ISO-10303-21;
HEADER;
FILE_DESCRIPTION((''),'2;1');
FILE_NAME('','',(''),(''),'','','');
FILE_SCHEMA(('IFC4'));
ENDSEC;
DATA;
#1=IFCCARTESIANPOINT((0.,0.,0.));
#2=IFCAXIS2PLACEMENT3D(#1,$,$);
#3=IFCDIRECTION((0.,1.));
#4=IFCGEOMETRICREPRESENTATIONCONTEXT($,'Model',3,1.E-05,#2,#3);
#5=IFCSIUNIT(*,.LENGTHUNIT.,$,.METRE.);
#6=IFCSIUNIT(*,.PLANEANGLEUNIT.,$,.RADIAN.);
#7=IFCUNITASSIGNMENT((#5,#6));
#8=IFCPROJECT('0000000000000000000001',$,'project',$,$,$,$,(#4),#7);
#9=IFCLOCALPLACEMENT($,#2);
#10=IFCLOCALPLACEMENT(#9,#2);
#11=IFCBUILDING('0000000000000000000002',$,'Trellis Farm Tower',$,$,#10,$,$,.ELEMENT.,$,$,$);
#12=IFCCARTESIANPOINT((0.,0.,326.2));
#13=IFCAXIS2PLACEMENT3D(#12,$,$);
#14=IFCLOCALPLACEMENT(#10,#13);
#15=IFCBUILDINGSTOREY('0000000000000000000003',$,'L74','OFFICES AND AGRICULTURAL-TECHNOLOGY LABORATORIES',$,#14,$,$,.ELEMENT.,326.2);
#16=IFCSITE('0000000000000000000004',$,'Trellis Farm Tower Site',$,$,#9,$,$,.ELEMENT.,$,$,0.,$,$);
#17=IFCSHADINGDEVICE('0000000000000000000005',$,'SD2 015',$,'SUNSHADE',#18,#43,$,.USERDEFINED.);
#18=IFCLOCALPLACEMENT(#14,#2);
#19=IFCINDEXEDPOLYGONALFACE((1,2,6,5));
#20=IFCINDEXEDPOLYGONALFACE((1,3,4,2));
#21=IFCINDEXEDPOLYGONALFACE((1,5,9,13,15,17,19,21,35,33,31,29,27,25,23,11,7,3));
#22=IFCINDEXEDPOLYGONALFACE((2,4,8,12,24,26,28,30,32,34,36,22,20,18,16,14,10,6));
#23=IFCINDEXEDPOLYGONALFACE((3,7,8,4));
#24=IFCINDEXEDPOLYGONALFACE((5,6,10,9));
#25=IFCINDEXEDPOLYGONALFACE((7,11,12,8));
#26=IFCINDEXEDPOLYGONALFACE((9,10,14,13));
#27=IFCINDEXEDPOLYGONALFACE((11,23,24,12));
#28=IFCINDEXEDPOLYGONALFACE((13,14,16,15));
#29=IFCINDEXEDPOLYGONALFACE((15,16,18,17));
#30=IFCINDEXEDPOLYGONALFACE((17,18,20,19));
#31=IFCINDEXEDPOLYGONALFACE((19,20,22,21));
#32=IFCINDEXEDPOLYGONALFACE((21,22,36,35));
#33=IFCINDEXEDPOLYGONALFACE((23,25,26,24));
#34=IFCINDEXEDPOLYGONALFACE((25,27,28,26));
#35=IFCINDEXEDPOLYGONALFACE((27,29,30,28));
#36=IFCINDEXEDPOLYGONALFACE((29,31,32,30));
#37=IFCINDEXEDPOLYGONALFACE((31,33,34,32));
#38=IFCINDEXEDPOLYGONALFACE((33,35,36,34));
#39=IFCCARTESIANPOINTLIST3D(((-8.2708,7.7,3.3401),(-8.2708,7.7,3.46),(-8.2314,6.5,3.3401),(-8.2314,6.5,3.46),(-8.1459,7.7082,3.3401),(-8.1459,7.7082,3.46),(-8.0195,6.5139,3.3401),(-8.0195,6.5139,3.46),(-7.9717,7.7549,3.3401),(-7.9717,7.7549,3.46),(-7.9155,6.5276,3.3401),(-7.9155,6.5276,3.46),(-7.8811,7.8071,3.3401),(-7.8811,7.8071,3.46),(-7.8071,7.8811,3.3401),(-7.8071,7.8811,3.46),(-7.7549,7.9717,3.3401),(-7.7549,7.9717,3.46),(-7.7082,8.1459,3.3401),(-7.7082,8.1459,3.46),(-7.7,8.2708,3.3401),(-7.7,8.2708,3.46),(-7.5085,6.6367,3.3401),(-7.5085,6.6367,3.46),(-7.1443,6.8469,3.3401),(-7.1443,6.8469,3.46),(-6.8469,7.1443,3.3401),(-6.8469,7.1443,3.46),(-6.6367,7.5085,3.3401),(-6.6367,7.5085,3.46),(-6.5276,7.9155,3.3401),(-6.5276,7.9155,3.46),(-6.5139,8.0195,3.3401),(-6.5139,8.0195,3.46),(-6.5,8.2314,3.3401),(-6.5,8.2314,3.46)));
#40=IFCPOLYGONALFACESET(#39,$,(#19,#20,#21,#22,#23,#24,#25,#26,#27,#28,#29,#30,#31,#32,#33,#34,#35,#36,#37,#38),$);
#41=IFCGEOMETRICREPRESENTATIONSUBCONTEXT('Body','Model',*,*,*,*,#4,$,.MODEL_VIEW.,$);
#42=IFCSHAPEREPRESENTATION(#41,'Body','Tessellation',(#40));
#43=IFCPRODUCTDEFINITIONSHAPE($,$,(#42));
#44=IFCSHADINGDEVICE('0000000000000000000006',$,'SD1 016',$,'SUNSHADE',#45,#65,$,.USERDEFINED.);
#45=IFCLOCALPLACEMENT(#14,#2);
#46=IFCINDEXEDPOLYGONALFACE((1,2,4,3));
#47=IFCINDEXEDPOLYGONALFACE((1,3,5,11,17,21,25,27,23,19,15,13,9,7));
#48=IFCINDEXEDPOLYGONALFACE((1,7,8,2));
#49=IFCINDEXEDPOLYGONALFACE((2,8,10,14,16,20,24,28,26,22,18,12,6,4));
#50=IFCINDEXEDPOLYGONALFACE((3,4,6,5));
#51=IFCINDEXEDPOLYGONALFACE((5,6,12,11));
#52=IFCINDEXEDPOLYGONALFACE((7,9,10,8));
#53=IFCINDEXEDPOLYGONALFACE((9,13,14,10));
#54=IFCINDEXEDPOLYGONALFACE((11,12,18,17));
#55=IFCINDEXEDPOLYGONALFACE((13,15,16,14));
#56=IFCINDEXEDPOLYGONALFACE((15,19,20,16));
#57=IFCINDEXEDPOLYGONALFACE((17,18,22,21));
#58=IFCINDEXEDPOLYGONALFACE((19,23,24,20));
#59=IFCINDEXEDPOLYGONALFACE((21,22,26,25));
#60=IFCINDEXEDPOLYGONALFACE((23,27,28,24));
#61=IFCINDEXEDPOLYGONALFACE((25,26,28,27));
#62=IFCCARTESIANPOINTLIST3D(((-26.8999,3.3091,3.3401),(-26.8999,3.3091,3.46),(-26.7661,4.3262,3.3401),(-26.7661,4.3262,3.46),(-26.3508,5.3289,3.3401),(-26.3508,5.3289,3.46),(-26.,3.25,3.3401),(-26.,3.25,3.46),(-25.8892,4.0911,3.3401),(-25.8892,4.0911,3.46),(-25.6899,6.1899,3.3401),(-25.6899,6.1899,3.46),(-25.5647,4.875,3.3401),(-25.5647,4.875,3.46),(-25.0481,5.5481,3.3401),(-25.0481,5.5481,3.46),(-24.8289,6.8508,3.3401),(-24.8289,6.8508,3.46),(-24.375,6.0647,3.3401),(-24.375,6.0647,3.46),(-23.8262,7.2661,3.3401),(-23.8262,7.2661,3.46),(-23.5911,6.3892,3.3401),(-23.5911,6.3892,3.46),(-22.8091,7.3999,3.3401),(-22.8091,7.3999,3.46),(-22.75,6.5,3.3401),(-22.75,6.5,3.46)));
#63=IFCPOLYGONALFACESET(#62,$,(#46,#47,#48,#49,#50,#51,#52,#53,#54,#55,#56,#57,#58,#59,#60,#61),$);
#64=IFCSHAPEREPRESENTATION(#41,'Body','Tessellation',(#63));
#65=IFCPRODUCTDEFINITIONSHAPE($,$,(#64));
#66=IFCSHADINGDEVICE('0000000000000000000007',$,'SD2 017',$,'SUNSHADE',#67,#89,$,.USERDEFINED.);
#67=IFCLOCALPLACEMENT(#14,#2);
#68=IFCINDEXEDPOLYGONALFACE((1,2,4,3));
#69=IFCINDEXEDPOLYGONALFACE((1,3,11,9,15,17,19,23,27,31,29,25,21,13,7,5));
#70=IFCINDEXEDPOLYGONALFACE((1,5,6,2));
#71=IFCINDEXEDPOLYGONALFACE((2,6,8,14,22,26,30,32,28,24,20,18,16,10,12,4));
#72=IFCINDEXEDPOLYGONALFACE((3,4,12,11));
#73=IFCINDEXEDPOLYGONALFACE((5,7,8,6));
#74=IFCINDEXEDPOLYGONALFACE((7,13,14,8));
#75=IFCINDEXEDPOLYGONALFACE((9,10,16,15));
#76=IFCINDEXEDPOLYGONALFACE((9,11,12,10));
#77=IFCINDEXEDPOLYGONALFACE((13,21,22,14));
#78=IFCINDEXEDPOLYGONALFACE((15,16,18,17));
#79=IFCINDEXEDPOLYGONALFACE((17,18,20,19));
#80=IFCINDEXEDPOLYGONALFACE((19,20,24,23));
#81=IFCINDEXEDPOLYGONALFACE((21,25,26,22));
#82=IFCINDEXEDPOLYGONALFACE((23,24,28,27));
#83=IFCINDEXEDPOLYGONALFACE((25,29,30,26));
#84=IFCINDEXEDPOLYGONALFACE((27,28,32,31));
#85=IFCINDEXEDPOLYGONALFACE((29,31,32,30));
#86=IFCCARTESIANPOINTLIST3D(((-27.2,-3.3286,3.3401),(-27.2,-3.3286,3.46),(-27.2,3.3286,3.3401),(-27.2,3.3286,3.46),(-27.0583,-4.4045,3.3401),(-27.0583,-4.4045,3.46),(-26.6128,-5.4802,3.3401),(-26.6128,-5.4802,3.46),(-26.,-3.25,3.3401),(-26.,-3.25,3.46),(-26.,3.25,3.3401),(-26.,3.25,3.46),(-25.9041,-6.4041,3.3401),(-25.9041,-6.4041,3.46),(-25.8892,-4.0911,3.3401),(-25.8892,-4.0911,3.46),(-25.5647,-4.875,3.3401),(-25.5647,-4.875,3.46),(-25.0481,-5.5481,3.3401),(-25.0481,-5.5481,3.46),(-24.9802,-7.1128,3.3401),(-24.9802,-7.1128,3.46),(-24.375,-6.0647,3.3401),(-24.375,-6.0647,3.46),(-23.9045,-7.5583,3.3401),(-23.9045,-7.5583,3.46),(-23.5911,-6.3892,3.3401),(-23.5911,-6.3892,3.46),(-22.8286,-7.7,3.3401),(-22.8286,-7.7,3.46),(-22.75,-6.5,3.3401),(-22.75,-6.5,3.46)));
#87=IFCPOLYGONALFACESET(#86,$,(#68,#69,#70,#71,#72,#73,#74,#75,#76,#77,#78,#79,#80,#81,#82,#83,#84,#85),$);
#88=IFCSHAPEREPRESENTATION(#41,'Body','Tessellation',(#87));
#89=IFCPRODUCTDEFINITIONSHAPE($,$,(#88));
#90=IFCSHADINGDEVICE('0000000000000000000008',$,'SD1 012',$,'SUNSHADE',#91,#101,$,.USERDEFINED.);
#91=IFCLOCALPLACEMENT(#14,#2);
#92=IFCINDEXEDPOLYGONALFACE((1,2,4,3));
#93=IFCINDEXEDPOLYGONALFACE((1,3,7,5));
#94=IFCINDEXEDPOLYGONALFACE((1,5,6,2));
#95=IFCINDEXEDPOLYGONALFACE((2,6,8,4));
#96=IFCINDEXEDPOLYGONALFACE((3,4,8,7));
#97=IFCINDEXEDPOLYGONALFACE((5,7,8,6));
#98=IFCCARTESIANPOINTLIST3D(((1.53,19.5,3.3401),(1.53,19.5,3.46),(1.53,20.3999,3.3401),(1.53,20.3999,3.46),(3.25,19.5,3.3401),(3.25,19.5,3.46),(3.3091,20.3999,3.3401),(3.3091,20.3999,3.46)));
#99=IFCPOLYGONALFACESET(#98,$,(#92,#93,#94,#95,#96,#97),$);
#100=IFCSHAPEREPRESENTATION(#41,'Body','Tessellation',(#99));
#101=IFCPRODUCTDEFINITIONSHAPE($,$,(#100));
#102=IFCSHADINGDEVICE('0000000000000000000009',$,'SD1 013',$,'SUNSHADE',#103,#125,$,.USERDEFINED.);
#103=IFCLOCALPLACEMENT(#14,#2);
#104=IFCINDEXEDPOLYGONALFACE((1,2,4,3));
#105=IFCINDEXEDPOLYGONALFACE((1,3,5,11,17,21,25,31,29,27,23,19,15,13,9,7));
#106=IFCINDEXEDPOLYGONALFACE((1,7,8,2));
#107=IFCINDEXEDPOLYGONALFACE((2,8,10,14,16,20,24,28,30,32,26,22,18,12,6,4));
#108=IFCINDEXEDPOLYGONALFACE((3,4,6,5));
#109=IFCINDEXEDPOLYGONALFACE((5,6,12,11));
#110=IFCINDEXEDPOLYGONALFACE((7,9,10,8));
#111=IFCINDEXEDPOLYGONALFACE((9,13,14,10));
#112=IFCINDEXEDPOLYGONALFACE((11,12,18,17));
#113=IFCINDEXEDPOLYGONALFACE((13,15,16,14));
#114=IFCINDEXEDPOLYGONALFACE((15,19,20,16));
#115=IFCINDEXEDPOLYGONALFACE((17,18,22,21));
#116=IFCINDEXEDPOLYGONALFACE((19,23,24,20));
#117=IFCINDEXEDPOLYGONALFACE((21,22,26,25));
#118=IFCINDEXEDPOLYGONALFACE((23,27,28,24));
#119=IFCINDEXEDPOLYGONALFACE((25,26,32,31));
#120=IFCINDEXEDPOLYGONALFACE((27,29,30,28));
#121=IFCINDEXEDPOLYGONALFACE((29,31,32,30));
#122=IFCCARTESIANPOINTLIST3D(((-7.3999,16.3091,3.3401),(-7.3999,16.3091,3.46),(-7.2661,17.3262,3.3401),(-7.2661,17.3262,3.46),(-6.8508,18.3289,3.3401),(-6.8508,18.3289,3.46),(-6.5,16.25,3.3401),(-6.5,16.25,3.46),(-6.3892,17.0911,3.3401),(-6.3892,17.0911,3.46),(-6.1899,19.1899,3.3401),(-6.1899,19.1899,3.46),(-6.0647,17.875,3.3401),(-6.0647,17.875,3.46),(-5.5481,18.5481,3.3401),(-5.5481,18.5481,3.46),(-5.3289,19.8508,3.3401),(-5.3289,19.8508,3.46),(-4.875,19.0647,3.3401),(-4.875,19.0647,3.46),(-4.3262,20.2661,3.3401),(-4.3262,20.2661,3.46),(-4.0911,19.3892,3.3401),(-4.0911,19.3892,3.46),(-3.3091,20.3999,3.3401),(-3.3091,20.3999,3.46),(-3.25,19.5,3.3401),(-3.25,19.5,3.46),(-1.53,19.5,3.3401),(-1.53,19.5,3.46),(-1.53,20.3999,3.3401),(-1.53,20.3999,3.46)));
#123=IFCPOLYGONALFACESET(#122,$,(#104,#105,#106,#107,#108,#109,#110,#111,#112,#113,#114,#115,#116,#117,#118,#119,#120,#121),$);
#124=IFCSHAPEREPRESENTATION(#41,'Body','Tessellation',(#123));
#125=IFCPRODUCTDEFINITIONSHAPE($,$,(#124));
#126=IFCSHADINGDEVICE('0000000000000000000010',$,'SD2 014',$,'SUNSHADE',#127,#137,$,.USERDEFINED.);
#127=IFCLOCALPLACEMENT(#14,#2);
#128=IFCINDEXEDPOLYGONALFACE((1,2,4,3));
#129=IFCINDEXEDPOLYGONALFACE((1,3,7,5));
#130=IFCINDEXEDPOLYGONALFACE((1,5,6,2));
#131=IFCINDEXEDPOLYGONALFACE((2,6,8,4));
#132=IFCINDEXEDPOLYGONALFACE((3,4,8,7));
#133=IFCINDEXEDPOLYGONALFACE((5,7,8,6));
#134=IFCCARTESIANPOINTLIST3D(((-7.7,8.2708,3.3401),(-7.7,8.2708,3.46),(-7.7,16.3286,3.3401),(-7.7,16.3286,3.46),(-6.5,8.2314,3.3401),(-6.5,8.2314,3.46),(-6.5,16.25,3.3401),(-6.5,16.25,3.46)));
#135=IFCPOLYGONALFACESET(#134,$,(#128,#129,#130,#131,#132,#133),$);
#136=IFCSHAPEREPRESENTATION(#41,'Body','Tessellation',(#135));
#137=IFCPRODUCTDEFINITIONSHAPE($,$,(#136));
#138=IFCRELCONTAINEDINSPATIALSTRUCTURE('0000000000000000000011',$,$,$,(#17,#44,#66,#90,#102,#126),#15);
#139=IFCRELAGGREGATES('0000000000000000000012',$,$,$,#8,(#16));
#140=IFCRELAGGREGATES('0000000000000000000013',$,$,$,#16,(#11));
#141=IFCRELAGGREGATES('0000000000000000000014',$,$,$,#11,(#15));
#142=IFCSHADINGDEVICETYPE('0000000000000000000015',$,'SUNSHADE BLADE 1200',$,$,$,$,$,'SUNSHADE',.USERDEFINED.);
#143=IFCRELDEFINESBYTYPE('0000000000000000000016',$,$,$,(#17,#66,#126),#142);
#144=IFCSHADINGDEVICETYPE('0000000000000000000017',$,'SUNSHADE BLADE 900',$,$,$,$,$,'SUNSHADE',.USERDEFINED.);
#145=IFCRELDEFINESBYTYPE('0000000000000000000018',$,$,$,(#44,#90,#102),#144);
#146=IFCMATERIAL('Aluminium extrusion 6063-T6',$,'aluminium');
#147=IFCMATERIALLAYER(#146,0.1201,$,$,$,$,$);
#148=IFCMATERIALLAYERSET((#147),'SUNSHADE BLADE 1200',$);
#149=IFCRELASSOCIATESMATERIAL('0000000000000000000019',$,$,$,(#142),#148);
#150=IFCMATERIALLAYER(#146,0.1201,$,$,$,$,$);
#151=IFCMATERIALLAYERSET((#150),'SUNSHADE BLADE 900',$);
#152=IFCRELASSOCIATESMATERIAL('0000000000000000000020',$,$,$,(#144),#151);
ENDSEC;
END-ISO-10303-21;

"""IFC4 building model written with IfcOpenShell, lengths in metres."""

from ifc_helpers import new_model, si_unit, direction, frame, origin, place, context, subcontext, project, spatial, polyline, outline, extrude, source, transform, mapped, material, layer, layer_set, type_object, element, save


model = new_model("IFC4")

# Units and contexts
model_context = context("Model", 3, precision=1e-05, world=origin(), true_north=direction((0.0, 1.0)))
body_context = subcontext(model_context, "Body", "Model", "MODEL_VIEW")
ifc_project = project(units=[si_unit("LENGTHUNIT", "METRE"), si_unit("PLANEANGLEUNIT", "RADIAN")], contexts=[model_context])

# Site, building, storey
site_placement = place(None, origin())
site = spatial("IfcSite", under=ifc_project, at=site_placement, Name="Trellis Farm Tower Site", CompositionType="ELEMENT", RefElevation=0.0)
building_placement = place(site_placement, origin())
building = spatial("IfcBuilding", under=site, at=building_placement, Name="Trellis Farm Tower", CompositionType="ELEMENT")
storey_placement = place(building_placement, frame((0.0, 0.0, 326.2)))
storey = spatial("IfcBuildingStorey", under=building, at=storey_placement, Name="L74", Description="OFFICES AND AGRICULTURAL-TECHNOLOGY LABORATORIES", CompositionType="ELEMENT", Elevation=326.2)

# Shared definitions
ifc_material_1 = material(Name="Aluminium extrusion 6063-T6", Category="aluminium")

# Shading devices
ifc_layer_1 = layer(ifc_material_1, 0.1201)
ifc_layer_set_1 = layer_set([ifc_layer_1], Name="SUNSHADE BLADE 1200")
shading_device_type_1 = type_object("IfcShadingDeviceType", Name="SUNSHADE BLADE 1200", ElementType="SUNSHADE", PredefinedType="USERDEFINED", material=ifc_layer_set_1)
shared_shape_1 = source(origin(), body_context, "Body", "SweptSolid", [
    extrude(outline(polyline([(-7.7, 8.2708), (-7.7087, 8.1372), (-7.707, 8.1501), (-7.7549, 7.9717), (-7.8071, 7.8811), (-7.8811, 7.8071), (-7.9717, 7.7549), (-8.1501, 7.707), (-8.1372, 7.7087), (-8.2708, 7.7), (-8.2314, 6.5), (-8.0195, 6.5139), (-7.9155, 6.5276), (-7.5085, 6.6367), (-7.1443, 6.8469), (-6.8469, 7.1443), (-6.6367, 7.5085), (-6.5276, 7.9155), (-6.5139, 8.0195), (-6.5, 8.2314), (-7.7, 8.2708)])), origin(), (0.0, 0.0, 1.0), 0.1199),
])
placement_1 = place(storey_placement, frame((0.0, 0.0, 3.3401)))
element("IfcShadingDevice", 1, at=placement_1, inside=storey, type_object=shading_device_type_1, Name="SD2 015", ObjectType="SUNSHADE", PredefinedType="USERDEFINED", context=body_context, shape_type="MappedRepresentation", body=[
    mapped(shared_shape_1, transform((0.0, 0.0, 0.0))),
])
ifc_layer_2 = layer(ifc_material_1, 0.1201)
ifc_layer_set_2 = layer_set([ifc_layer_2], Name="SUNSHADE BLADE 900")
shading_device_type_2 = type_object("IfcShadingDeviceType", Name="SUNSHADE BLADE 900", ElementType="SUNSHADE", PredefinedType="USERDEFINED", material=ifc_layer_set_2)
shared_shape_2 = source(origin(), body_context, "Body", "SweptSolid", [
    extrude(outline(polyline([(-22.8091, 7.3999), (-23.8262, 7.2661), (-24.8289, 6.8508), (-25.6899, 6.1899), (-26.3508, 5.3289), (-26.7661, 4.3262), (-26.8999, 3.3091), (-26.0, 3.25), (-25.8892, 4.0911), (-25.5647, 4.875), (-25.0481, 5.5481), (-24.375, 6.0647), (-23.5911, 6.3892), (-22.75, 6.5), (-22.8091, 7.3999)])), origin(), (0.0, 0.0, 1.0), 0.1199),
])
element("IfcShadingDevice", 2, at=placement_1, inside=storey, type_object=shading_device_type_2, Name="SD1 016", ObjectType="SUNSHADE", PredefinedType="USERDEFINED", context=body_context, shape_type="MappedRepresentation", body=[
    mapped(shared_shape_2, transform((0.0, 0.0, 0.0))),
])
shared_shape_3 = source(origin(), body_context, "Body", "SweptSolid", [
    extrude(outline(polyline([(-27.2, 3.3286), (-27.2, -3.3286), (-27.0583, -4.4045), (-26.6128, -5.4802), (-25.9041, -6.4041), (-24.9802, -7.1128), (-23.9045, -7.5583), (-22.8286, -7.7), (-22.75, -6.5), (-23.5911, -6.3892), (-24.375, -6.0647), (-25.0481, -5.5481), (-25.5647, -4.875), (-25.8892, -4.0911), (-26.0, -3.25), (-26.0, 3.25), (-27.2, 3.3286)])), origin(), (0.0, 0.0, 1.0), 0.1199),
])
element("IfcShadingDevice", 3, at=placement_1, inside=storey, type_object=shading_device_type_1, Name="SD2 017", ObjectType="SUNSHADE", PredefinedType="USERDEFINED", context=body_context, shape_type="MappedRepresentation", body=[
    mapped(shared_shape_3, transform((0.0, 0.0, 0.0))),
])
shared_shape_4 = source(origin(), body_context, "Body", "SweptSolid", [
    extrude(outline(polyline([(3.3091, 20.3999), (1.53, 20.3999), (1.53, 19.5), (3.25, 19.5), (3.3091, 20.3999)])), origin(), (0.0, 0.0, 1.0), 0.1199),
])
element("IfcShadingDevice", 4, at=placement_1, inside=storey, type_object=shading_device_type_2, Name="SD1 012", ObjectType="SUNSHADE", PredefinedType="USERDEFINED", context=body_context, shape_type="MappedRepresentation", body=[
    mapped(shared_shape_4, transform((0.0, 0.0, 0.0))),
])
shared_shape_5 = source(origin(), body_context, "Body", "SweptSolid", [
    extrude(outline(polyline([(-1.53, 20.3999), (-3.3091, 20.3999), (-4.3262, 20.2661), (-5.3289, 19.8508), (-6.1899, 19.1899), (-6.8508, 18.3289), (-7.2661, 17.3262), (-7.3999, 16.3091), (-6.5, 16.25), (-6.3892, 17.0911), (-6.0647, 17.875), (-5.5481, 18.5481), (-4.875, 19.0647), (-4.0911, 19.3892), (-3.25, 19.5), (-1.53, 19.5), (-1.53, 20.3999)])), origin(), (0.0, 0.0, 1.0), 0.1199),
])
element("IfcShadingDevice", 5, at=placement_1, inside=storey, type_object=shading_device_type_2, Name="SD1 013", ObjectType="SUNSHADE", PredefinedType="USERDEFINED", context=body_context, shape_type="MappedRepresentation", body=[
    mapped(shared_shape_5, transform((0.0, 0.0, 0.0))),
])
shared_shape_6 = source(origin(), body_context, "Body", "SweptSolid", [
    extrude(outline(polyline([(-7.7, 16.3286), (-7.7, 8.2708), (-6.5, 8.2314), (-6.5, 16.25), (-7.7, 16.3286)])), origin(), (0.0, 0.0, 1.0), 0.1199),
])
element("IfcShadingDevice", 6, at=placement_1, inside=storey, type_object=shading_device_type_1, Name="SD2 014", ObjectType="SUNSHADE", PredefinedType="USERDEFINED", context=body_context, shape_type="MappedRepresentation", body=[
    mapped(shared_shape_6, transform((0.0, 0.0, 0.0))),
])

save(model, "model.ifc")
